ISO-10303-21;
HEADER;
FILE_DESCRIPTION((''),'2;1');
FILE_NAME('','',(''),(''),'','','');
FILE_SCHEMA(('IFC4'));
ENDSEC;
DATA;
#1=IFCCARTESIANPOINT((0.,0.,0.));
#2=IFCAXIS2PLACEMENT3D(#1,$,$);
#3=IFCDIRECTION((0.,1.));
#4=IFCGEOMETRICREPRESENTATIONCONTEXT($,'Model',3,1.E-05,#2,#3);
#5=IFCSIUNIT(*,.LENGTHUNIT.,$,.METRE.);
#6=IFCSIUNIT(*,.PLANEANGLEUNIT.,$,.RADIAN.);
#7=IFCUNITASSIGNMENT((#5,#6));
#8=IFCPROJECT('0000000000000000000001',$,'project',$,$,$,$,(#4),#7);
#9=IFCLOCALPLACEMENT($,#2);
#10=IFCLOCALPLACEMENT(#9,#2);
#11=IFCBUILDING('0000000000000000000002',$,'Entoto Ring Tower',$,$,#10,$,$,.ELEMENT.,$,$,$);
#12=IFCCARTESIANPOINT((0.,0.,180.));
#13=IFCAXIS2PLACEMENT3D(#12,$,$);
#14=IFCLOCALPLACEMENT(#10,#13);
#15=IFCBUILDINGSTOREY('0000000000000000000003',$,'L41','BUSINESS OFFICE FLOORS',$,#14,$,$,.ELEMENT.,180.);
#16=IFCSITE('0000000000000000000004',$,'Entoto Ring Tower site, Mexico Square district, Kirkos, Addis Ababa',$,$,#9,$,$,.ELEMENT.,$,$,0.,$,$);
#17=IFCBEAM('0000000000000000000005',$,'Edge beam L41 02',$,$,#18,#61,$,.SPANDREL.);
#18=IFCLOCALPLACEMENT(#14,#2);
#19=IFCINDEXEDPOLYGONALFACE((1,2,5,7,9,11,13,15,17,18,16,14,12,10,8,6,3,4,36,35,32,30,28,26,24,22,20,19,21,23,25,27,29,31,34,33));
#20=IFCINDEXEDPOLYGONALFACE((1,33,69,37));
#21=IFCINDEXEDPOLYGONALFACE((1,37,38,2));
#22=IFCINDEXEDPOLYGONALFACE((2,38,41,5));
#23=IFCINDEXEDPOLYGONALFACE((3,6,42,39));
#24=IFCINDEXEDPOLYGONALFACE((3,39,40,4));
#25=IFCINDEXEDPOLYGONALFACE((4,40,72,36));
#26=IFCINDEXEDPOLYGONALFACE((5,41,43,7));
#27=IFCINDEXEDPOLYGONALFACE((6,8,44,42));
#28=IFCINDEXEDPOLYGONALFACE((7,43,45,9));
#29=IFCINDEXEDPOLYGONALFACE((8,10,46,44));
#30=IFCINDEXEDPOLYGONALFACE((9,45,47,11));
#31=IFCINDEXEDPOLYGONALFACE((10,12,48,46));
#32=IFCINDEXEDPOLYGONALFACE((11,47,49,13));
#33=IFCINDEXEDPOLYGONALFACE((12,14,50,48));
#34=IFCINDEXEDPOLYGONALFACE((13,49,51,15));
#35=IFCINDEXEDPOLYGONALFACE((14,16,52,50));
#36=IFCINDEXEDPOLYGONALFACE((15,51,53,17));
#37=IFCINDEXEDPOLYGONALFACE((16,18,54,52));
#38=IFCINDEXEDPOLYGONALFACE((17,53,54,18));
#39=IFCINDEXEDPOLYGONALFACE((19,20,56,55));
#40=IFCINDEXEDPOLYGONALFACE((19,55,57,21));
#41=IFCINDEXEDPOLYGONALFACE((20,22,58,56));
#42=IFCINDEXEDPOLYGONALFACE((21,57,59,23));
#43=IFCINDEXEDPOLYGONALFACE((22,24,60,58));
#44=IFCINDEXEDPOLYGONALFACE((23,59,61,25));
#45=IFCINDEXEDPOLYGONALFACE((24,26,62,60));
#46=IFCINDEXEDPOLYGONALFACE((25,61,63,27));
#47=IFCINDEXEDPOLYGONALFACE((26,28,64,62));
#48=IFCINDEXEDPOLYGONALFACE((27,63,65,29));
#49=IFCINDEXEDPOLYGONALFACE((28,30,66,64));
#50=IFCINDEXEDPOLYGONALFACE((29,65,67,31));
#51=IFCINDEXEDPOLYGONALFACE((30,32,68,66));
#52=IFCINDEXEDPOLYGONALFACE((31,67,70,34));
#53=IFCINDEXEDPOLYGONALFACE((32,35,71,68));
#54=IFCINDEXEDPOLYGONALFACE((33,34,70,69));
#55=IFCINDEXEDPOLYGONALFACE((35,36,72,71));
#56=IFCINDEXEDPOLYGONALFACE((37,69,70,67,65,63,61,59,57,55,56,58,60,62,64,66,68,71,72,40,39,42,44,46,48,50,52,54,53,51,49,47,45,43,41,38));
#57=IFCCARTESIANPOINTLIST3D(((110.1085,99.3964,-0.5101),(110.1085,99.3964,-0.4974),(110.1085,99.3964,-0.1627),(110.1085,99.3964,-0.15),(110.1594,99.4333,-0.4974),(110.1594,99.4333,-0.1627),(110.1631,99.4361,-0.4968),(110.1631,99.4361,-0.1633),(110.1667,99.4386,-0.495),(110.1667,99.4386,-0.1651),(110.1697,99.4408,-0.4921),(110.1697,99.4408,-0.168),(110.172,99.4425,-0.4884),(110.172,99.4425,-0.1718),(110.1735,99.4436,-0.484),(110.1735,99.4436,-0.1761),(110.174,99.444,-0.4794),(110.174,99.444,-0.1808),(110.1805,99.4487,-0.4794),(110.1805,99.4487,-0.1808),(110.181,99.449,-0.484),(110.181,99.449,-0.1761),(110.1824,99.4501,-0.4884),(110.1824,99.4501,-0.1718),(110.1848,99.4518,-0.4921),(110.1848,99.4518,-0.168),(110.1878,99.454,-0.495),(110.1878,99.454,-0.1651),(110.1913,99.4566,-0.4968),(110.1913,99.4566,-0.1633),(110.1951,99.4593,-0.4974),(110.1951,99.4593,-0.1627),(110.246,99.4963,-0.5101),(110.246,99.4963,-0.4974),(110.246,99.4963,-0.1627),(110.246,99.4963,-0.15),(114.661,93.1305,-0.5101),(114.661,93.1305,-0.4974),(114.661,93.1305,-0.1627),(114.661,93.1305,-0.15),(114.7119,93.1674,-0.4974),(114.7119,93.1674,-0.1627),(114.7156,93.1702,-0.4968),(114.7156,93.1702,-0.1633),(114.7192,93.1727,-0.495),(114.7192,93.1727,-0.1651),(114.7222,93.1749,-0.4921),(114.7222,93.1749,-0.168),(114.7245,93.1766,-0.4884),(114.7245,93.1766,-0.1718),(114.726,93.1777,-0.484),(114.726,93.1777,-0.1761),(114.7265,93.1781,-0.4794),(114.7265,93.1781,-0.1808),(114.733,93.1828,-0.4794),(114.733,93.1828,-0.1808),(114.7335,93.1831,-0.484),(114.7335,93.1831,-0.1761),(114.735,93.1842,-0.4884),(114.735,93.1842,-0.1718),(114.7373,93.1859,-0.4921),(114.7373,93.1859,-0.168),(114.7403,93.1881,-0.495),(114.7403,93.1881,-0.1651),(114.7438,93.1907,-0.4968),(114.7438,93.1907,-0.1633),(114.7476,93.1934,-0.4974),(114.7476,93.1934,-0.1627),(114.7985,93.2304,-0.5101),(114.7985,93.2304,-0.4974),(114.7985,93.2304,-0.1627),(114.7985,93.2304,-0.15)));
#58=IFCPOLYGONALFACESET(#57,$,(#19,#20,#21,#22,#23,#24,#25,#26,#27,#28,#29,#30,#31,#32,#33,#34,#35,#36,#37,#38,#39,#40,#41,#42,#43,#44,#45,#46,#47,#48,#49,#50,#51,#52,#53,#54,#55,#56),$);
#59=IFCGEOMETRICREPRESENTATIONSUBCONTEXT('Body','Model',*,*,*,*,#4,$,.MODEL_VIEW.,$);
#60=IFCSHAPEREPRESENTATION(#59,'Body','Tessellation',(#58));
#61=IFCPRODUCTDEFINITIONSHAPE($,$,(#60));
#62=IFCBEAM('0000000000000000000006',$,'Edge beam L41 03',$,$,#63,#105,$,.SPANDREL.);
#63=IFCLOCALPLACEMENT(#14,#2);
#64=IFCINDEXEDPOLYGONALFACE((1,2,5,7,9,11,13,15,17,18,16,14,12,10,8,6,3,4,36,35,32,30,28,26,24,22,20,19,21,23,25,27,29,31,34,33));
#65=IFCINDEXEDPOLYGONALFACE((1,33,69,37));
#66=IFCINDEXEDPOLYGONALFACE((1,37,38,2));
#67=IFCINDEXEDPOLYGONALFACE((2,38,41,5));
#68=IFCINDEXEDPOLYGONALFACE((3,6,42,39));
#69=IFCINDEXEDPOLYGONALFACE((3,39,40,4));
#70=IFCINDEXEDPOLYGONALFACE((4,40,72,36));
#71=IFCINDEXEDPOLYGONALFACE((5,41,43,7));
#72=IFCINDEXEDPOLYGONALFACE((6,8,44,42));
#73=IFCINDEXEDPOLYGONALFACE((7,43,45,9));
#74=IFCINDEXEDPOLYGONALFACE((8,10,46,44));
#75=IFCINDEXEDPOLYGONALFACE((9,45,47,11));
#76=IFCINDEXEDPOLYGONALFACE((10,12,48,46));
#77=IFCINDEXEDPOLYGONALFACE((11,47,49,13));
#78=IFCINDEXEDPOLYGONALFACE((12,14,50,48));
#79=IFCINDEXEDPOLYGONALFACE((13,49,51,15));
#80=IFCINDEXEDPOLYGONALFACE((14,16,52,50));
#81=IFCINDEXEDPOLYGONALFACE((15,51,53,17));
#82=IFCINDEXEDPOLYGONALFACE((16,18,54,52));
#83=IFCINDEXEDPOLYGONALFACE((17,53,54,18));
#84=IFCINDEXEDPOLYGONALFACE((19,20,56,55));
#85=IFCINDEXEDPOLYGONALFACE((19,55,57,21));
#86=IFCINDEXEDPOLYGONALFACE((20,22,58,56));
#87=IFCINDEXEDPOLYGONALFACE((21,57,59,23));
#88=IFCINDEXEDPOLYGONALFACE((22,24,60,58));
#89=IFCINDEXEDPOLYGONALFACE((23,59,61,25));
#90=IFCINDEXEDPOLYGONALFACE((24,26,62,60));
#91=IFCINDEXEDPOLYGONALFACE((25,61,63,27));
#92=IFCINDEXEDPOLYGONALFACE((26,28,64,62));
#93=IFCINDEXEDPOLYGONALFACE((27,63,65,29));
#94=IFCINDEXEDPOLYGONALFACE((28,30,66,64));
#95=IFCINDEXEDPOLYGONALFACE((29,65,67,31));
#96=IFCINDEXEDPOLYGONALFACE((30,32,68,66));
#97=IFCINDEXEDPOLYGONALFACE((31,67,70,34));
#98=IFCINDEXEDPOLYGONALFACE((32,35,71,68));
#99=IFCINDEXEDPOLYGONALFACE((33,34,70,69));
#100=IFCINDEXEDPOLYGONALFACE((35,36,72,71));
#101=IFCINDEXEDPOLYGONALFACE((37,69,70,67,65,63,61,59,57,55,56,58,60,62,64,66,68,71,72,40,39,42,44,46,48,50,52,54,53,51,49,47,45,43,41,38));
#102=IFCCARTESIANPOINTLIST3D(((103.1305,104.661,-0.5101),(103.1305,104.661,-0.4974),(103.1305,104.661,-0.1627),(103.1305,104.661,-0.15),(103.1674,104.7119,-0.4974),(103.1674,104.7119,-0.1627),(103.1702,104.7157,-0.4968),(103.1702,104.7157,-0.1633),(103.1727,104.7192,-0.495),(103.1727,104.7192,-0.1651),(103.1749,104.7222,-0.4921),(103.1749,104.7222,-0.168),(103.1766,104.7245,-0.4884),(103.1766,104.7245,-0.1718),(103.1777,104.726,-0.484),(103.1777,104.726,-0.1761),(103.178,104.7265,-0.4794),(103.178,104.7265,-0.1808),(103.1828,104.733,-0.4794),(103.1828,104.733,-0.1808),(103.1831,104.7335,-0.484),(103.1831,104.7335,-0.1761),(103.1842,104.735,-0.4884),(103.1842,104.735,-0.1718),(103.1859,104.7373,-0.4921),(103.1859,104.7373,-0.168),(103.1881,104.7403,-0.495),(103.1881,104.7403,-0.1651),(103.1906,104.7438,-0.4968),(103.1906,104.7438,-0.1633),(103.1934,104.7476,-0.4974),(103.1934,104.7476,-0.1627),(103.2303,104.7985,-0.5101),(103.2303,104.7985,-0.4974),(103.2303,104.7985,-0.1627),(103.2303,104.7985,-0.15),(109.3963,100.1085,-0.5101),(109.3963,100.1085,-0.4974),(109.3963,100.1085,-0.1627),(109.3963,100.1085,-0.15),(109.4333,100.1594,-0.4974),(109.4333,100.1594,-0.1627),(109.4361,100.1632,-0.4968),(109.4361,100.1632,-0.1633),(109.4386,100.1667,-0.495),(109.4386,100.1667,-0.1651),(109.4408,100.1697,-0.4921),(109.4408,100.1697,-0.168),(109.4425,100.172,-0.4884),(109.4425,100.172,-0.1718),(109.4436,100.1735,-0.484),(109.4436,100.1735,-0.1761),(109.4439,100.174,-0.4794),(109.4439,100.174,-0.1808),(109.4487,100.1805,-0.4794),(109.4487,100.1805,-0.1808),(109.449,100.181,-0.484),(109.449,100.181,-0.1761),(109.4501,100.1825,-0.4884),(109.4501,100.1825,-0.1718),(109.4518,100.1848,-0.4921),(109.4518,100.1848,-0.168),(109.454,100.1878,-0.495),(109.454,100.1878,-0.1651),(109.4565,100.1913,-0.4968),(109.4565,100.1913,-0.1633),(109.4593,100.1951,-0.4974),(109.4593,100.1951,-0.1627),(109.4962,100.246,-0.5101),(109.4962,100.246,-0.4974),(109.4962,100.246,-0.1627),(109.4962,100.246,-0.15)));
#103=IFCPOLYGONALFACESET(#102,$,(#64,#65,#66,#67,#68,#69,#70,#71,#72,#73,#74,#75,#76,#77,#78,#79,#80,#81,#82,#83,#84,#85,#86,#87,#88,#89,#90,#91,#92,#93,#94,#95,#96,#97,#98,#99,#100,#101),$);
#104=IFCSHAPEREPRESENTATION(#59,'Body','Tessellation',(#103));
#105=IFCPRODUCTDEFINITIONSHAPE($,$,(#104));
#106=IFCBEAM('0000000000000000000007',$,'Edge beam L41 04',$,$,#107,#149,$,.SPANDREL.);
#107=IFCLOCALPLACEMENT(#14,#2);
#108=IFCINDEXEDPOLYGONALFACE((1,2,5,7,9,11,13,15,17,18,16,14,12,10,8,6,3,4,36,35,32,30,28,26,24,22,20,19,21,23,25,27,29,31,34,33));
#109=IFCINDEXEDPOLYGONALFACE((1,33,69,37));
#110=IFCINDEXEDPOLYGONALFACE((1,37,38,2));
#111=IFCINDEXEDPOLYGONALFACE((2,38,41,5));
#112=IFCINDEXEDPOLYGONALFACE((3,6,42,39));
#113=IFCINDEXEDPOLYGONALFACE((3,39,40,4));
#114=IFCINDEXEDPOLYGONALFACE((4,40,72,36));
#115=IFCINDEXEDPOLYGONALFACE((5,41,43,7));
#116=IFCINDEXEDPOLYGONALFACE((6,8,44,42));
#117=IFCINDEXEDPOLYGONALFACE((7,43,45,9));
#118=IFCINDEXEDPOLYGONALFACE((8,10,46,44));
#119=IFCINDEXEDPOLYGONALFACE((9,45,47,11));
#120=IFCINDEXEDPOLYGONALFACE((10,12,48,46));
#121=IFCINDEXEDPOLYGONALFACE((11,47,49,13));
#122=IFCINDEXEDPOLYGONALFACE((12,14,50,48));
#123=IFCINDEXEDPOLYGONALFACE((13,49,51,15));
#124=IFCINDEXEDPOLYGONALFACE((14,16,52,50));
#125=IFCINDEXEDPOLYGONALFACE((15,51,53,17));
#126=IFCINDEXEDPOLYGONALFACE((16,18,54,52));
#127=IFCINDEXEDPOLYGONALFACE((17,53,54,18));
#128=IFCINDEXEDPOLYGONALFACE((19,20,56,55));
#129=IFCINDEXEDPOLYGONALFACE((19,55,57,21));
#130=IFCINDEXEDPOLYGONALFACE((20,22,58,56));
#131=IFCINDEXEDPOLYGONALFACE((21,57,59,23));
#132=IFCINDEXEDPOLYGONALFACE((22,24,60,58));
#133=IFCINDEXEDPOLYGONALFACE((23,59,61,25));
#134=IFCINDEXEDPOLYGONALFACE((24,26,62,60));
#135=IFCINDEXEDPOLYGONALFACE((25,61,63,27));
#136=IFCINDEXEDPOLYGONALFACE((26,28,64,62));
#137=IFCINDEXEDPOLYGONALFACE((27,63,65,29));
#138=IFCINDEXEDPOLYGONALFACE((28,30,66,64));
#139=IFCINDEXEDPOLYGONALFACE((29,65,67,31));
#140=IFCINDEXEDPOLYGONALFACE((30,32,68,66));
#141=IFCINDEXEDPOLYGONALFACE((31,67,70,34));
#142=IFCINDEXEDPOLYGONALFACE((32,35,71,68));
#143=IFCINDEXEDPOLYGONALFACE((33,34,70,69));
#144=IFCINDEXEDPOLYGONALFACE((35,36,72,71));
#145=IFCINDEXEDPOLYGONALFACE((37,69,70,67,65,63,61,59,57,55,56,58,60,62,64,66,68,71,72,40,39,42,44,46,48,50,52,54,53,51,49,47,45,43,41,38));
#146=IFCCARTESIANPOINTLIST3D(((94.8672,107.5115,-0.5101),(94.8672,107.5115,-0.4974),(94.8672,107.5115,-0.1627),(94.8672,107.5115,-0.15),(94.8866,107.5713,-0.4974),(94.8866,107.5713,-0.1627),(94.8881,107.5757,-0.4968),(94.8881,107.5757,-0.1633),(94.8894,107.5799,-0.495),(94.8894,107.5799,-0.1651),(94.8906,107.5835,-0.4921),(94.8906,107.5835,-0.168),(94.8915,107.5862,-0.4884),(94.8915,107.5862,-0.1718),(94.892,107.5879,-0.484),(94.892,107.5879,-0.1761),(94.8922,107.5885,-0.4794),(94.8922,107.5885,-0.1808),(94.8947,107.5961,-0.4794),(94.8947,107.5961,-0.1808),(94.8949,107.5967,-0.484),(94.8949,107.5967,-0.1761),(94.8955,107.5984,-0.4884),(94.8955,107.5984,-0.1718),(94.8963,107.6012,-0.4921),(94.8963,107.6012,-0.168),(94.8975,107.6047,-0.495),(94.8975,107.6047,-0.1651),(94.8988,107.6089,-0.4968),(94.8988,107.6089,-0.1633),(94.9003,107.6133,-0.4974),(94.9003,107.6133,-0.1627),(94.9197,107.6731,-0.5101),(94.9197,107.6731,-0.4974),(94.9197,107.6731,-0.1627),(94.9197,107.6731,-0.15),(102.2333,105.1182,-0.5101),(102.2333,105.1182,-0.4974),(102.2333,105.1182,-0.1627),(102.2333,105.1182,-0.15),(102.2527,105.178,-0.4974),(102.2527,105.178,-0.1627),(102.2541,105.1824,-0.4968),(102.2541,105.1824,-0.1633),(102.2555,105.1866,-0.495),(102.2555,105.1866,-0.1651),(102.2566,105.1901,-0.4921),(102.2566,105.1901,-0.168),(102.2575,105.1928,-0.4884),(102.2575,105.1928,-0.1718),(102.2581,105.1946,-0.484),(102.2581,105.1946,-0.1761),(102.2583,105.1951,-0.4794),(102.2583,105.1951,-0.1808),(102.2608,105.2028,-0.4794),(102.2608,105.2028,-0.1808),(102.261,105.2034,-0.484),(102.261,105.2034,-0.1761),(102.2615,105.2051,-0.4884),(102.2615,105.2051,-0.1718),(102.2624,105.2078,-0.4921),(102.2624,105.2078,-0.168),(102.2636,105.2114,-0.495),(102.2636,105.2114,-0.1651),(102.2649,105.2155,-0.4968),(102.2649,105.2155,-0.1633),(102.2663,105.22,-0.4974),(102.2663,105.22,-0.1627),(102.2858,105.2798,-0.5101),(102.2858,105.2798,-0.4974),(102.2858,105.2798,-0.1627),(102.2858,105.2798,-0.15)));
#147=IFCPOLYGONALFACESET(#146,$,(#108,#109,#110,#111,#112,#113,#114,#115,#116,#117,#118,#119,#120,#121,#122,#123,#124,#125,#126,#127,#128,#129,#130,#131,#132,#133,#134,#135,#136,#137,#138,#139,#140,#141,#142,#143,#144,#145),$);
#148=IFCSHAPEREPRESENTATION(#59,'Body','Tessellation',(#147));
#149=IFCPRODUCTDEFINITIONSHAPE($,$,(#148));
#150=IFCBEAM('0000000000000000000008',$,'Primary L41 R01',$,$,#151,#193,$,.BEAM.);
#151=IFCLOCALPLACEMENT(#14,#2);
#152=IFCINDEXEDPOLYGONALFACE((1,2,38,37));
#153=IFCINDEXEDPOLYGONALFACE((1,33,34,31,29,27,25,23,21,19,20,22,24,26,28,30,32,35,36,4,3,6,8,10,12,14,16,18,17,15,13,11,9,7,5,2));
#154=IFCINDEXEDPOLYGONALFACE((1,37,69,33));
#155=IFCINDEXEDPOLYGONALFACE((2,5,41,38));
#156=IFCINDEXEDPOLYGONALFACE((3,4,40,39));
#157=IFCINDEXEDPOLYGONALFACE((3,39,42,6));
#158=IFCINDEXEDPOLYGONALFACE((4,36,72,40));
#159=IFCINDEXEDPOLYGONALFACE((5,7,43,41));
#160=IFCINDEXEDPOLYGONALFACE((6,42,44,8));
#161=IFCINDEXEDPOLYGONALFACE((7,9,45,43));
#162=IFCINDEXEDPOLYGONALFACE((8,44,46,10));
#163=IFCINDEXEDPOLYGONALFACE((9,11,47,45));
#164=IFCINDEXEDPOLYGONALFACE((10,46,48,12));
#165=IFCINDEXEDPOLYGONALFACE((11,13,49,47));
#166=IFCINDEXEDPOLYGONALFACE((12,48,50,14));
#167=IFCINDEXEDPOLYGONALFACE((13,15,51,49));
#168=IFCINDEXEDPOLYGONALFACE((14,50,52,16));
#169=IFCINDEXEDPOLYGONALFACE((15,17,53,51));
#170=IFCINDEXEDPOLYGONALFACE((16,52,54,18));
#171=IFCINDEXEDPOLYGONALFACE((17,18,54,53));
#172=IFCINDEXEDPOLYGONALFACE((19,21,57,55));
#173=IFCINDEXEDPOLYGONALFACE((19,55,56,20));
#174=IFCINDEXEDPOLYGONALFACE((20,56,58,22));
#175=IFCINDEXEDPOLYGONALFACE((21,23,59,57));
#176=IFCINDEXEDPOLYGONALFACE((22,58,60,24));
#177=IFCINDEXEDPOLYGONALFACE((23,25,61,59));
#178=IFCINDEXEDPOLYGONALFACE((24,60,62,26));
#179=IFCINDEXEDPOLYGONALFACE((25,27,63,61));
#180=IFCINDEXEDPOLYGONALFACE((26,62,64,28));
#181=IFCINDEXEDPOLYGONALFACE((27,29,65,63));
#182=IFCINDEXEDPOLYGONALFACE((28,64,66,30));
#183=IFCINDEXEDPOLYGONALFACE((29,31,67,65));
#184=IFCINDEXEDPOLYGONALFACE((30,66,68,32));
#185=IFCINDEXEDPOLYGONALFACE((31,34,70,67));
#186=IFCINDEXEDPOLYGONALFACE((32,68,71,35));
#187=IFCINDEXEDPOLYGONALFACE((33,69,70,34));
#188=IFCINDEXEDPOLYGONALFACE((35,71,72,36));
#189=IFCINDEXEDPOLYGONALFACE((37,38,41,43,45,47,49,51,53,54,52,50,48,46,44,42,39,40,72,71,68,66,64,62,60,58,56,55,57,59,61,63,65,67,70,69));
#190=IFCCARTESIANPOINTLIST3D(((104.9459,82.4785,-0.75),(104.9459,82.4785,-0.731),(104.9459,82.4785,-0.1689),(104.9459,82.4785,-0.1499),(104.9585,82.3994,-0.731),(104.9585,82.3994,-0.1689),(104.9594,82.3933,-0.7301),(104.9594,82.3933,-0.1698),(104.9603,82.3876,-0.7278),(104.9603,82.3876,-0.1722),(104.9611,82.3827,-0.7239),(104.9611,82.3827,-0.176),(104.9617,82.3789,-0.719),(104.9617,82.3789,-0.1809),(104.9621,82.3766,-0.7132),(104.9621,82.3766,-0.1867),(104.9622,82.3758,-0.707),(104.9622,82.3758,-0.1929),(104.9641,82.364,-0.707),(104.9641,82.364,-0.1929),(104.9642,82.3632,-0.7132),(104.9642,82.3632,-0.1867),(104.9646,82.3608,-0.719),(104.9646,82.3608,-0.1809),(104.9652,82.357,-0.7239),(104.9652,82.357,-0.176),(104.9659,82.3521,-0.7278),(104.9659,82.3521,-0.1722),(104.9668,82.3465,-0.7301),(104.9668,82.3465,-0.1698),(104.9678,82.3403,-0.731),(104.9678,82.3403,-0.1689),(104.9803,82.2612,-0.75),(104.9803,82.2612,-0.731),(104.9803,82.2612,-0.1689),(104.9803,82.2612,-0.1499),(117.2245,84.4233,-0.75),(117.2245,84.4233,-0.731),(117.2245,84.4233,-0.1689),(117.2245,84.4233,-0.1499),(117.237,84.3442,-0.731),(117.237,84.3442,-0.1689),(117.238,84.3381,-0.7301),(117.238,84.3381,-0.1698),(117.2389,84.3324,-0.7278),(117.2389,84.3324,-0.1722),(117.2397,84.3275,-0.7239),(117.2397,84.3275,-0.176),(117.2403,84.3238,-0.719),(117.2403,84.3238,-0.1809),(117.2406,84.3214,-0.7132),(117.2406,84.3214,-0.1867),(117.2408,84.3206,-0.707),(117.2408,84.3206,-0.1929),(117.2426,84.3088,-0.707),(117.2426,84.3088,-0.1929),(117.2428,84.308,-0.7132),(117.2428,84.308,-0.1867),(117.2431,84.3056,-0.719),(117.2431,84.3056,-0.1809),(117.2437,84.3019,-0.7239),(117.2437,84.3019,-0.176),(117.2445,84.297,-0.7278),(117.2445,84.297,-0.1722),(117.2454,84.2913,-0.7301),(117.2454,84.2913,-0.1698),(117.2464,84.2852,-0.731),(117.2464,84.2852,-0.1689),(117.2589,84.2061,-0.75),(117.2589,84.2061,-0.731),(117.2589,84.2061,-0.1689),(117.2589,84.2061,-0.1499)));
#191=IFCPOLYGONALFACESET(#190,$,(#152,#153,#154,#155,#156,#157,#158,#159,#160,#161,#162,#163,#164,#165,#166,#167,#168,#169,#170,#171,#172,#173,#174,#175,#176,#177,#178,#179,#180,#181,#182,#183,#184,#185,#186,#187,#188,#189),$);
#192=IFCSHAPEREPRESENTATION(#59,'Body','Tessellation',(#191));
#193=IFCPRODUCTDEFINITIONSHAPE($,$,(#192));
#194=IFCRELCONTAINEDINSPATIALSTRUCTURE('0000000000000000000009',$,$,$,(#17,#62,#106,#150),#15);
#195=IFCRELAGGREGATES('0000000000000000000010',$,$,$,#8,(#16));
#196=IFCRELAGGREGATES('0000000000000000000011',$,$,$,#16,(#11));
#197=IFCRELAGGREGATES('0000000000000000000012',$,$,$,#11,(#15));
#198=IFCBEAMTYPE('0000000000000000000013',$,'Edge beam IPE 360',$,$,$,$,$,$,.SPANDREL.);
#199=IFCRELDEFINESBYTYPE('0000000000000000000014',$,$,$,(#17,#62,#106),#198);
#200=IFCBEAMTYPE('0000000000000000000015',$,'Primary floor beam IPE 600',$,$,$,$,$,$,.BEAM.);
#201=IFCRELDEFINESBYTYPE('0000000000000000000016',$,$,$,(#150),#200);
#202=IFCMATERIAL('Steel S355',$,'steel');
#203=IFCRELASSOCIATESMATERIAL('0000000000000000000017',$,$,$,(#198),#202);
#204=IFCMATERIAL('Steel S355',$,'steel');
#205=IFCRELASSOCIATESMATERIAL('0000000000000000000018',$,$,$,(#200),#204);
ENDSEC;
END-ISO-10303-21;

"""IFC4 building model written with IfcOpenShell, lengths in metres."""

from ifc_helpers import new_model, si_unit, direction, frame, origin, origin_2d, place, context, subcontext, project, spatial, i_section, extrude, material, material_profile, profile_set, type_object, element, save


model = new_model("IFC4")

# Units and contexts
model_context = context("Model", 3, precision=1e-05, world=origin(), true_north=direction((0.0, 1.0)))
body_context = subcontext(model_context, "Body", "Model", "MODEL_VIEW")
ifc_project = project(units=[si_unit("LENGTHUNIT", "METRE"), si_unit("PLANEANGLEUNIT", "RADIAN")], contexts=[model_context])

# Site, building, storey
site_placement = place(None, origin())
site = spatial("IfcSite", under=ifc_project, at=site_placement, Name="Entoto Ring Tower site, Mexico Square district, Kirkos, Addis Ababa", CompositionType="ELEMENT", RefElevation=0.0)
building_placement = place(site_placement, origin())
building = spatial("IfcBuilding", under=site, at=building_placement, Name="Entoto Ring Tower", CompositionType="ELEMENT")
storey_placement = place(building_placement, frame((0.0, 0.0, 180.0)))
storey = spatial("IfcBuildingStorey", under=building, at=storey_placement, Name="L41", Description="BUSINESS OFFICE FLOORS", CompositionType="ELEMENT", Elevation=180.0)

# Beams
ifc_material_1 = material(Name="Steel S355", Category="steel")
ifc_material_profile_1 = material_profile(ifc_material_1, i_section(OverallWidth=0.1699, OverallDepth=0.3601, WebThickness=0.0081, FlangeThickness=0.0127, FilletRadius=0.0181, at=origin_2d()), Name="IPE 360")
ifc_profile_set_1 = profile_set([ifc_material_profile_1], Name="Steel S355")
beam_type_1 = type_object("IfcBeamType", Name="Edge beam IPE 360", PredefinedType="SPANDREL", material=ifc_profile_set_1)
for number, where, z_axis, x_axis, name in (
    (1, (114.7297, 93.1804, -0.3301), (-0.587791, 0.809013, 0.0), (-0.809013, -0.587791, 0.0), "Edge beam L41 02"),
    (2, (109.4463, 100.1772, -0.3301), (-0.809013, 0.587791, 0.0), (-0.587791, -0.809013, 0.0), "Edge beam L41 03"),
    (3, (102.2595, 105.199, -0.3301), (-0.951058, 0.309013, 0.0), (-0.309013, -0.951058, 0.0), "Edge beam L41 04"),
):
    element("IfcBeam", number, at=place(storey_placement, frame(where, z_axis=z_axis, x_axis=x_axis)), inside=storey, type_object=beam_type_1, Name=name, PredefinedType="SPANDREL", context=body_context, shape_type="SweptSolid", body=[
        extrude(i_section(OverallWidth=0.1699, OverallDepth=0.3601, WebThickness=0.0081, FlangeThickness=0.0127, FilletRadius=0.0181, at=origin_2d()), origin(), (0.0, 0.0, 1.0), 7.7451),
    ])
ifc_material_2 = material(Name="Steel S355", Category="steel")
ifc_material_profile_2 = material_profile(ifc_material_2, i_section(OverallWidth=0.22, OverallDepth=0.6001, WebThickness=0.012, FlangeThickness=0.019, FilletRadius=0.0239, at=origin_2d()), Name="IPE 600")
ifc_profile_set_2 = profile_set([ifc_material_profile_2], Name="Steel S355")
beam_type_2 = type_object("IfcBeamType", Name="Primary floor beam IPE 600", PredefinedType="BEAM", material=ifc_profile_set_2)
beam_1_placement = place(storey_placement, frame((104.9631, 82.3699, -0.45), z_axis=(0.987687, 0.156442, 0.0), x_axis=(-0.156442, 0.987687, 0.0)))
element("IfcBeam", 4, at=beam_1_placement, inside=storey, type_object=beam_type_2, Name="Primary L41 R01", PredefinedType="BEAM", context=body_context, shape_type="SweptSolid", body=[
    extrude(i_section(OverallWidth=0.22, OverallDepth=0.6001, WebThickness=0.012, FlangeThickness=0.019, FilletRadius=0.0239, at=origin_2d()), origin(), (0.0, 0.0, 1.0), 12.4316),
])

save(model, "model.ifc")
